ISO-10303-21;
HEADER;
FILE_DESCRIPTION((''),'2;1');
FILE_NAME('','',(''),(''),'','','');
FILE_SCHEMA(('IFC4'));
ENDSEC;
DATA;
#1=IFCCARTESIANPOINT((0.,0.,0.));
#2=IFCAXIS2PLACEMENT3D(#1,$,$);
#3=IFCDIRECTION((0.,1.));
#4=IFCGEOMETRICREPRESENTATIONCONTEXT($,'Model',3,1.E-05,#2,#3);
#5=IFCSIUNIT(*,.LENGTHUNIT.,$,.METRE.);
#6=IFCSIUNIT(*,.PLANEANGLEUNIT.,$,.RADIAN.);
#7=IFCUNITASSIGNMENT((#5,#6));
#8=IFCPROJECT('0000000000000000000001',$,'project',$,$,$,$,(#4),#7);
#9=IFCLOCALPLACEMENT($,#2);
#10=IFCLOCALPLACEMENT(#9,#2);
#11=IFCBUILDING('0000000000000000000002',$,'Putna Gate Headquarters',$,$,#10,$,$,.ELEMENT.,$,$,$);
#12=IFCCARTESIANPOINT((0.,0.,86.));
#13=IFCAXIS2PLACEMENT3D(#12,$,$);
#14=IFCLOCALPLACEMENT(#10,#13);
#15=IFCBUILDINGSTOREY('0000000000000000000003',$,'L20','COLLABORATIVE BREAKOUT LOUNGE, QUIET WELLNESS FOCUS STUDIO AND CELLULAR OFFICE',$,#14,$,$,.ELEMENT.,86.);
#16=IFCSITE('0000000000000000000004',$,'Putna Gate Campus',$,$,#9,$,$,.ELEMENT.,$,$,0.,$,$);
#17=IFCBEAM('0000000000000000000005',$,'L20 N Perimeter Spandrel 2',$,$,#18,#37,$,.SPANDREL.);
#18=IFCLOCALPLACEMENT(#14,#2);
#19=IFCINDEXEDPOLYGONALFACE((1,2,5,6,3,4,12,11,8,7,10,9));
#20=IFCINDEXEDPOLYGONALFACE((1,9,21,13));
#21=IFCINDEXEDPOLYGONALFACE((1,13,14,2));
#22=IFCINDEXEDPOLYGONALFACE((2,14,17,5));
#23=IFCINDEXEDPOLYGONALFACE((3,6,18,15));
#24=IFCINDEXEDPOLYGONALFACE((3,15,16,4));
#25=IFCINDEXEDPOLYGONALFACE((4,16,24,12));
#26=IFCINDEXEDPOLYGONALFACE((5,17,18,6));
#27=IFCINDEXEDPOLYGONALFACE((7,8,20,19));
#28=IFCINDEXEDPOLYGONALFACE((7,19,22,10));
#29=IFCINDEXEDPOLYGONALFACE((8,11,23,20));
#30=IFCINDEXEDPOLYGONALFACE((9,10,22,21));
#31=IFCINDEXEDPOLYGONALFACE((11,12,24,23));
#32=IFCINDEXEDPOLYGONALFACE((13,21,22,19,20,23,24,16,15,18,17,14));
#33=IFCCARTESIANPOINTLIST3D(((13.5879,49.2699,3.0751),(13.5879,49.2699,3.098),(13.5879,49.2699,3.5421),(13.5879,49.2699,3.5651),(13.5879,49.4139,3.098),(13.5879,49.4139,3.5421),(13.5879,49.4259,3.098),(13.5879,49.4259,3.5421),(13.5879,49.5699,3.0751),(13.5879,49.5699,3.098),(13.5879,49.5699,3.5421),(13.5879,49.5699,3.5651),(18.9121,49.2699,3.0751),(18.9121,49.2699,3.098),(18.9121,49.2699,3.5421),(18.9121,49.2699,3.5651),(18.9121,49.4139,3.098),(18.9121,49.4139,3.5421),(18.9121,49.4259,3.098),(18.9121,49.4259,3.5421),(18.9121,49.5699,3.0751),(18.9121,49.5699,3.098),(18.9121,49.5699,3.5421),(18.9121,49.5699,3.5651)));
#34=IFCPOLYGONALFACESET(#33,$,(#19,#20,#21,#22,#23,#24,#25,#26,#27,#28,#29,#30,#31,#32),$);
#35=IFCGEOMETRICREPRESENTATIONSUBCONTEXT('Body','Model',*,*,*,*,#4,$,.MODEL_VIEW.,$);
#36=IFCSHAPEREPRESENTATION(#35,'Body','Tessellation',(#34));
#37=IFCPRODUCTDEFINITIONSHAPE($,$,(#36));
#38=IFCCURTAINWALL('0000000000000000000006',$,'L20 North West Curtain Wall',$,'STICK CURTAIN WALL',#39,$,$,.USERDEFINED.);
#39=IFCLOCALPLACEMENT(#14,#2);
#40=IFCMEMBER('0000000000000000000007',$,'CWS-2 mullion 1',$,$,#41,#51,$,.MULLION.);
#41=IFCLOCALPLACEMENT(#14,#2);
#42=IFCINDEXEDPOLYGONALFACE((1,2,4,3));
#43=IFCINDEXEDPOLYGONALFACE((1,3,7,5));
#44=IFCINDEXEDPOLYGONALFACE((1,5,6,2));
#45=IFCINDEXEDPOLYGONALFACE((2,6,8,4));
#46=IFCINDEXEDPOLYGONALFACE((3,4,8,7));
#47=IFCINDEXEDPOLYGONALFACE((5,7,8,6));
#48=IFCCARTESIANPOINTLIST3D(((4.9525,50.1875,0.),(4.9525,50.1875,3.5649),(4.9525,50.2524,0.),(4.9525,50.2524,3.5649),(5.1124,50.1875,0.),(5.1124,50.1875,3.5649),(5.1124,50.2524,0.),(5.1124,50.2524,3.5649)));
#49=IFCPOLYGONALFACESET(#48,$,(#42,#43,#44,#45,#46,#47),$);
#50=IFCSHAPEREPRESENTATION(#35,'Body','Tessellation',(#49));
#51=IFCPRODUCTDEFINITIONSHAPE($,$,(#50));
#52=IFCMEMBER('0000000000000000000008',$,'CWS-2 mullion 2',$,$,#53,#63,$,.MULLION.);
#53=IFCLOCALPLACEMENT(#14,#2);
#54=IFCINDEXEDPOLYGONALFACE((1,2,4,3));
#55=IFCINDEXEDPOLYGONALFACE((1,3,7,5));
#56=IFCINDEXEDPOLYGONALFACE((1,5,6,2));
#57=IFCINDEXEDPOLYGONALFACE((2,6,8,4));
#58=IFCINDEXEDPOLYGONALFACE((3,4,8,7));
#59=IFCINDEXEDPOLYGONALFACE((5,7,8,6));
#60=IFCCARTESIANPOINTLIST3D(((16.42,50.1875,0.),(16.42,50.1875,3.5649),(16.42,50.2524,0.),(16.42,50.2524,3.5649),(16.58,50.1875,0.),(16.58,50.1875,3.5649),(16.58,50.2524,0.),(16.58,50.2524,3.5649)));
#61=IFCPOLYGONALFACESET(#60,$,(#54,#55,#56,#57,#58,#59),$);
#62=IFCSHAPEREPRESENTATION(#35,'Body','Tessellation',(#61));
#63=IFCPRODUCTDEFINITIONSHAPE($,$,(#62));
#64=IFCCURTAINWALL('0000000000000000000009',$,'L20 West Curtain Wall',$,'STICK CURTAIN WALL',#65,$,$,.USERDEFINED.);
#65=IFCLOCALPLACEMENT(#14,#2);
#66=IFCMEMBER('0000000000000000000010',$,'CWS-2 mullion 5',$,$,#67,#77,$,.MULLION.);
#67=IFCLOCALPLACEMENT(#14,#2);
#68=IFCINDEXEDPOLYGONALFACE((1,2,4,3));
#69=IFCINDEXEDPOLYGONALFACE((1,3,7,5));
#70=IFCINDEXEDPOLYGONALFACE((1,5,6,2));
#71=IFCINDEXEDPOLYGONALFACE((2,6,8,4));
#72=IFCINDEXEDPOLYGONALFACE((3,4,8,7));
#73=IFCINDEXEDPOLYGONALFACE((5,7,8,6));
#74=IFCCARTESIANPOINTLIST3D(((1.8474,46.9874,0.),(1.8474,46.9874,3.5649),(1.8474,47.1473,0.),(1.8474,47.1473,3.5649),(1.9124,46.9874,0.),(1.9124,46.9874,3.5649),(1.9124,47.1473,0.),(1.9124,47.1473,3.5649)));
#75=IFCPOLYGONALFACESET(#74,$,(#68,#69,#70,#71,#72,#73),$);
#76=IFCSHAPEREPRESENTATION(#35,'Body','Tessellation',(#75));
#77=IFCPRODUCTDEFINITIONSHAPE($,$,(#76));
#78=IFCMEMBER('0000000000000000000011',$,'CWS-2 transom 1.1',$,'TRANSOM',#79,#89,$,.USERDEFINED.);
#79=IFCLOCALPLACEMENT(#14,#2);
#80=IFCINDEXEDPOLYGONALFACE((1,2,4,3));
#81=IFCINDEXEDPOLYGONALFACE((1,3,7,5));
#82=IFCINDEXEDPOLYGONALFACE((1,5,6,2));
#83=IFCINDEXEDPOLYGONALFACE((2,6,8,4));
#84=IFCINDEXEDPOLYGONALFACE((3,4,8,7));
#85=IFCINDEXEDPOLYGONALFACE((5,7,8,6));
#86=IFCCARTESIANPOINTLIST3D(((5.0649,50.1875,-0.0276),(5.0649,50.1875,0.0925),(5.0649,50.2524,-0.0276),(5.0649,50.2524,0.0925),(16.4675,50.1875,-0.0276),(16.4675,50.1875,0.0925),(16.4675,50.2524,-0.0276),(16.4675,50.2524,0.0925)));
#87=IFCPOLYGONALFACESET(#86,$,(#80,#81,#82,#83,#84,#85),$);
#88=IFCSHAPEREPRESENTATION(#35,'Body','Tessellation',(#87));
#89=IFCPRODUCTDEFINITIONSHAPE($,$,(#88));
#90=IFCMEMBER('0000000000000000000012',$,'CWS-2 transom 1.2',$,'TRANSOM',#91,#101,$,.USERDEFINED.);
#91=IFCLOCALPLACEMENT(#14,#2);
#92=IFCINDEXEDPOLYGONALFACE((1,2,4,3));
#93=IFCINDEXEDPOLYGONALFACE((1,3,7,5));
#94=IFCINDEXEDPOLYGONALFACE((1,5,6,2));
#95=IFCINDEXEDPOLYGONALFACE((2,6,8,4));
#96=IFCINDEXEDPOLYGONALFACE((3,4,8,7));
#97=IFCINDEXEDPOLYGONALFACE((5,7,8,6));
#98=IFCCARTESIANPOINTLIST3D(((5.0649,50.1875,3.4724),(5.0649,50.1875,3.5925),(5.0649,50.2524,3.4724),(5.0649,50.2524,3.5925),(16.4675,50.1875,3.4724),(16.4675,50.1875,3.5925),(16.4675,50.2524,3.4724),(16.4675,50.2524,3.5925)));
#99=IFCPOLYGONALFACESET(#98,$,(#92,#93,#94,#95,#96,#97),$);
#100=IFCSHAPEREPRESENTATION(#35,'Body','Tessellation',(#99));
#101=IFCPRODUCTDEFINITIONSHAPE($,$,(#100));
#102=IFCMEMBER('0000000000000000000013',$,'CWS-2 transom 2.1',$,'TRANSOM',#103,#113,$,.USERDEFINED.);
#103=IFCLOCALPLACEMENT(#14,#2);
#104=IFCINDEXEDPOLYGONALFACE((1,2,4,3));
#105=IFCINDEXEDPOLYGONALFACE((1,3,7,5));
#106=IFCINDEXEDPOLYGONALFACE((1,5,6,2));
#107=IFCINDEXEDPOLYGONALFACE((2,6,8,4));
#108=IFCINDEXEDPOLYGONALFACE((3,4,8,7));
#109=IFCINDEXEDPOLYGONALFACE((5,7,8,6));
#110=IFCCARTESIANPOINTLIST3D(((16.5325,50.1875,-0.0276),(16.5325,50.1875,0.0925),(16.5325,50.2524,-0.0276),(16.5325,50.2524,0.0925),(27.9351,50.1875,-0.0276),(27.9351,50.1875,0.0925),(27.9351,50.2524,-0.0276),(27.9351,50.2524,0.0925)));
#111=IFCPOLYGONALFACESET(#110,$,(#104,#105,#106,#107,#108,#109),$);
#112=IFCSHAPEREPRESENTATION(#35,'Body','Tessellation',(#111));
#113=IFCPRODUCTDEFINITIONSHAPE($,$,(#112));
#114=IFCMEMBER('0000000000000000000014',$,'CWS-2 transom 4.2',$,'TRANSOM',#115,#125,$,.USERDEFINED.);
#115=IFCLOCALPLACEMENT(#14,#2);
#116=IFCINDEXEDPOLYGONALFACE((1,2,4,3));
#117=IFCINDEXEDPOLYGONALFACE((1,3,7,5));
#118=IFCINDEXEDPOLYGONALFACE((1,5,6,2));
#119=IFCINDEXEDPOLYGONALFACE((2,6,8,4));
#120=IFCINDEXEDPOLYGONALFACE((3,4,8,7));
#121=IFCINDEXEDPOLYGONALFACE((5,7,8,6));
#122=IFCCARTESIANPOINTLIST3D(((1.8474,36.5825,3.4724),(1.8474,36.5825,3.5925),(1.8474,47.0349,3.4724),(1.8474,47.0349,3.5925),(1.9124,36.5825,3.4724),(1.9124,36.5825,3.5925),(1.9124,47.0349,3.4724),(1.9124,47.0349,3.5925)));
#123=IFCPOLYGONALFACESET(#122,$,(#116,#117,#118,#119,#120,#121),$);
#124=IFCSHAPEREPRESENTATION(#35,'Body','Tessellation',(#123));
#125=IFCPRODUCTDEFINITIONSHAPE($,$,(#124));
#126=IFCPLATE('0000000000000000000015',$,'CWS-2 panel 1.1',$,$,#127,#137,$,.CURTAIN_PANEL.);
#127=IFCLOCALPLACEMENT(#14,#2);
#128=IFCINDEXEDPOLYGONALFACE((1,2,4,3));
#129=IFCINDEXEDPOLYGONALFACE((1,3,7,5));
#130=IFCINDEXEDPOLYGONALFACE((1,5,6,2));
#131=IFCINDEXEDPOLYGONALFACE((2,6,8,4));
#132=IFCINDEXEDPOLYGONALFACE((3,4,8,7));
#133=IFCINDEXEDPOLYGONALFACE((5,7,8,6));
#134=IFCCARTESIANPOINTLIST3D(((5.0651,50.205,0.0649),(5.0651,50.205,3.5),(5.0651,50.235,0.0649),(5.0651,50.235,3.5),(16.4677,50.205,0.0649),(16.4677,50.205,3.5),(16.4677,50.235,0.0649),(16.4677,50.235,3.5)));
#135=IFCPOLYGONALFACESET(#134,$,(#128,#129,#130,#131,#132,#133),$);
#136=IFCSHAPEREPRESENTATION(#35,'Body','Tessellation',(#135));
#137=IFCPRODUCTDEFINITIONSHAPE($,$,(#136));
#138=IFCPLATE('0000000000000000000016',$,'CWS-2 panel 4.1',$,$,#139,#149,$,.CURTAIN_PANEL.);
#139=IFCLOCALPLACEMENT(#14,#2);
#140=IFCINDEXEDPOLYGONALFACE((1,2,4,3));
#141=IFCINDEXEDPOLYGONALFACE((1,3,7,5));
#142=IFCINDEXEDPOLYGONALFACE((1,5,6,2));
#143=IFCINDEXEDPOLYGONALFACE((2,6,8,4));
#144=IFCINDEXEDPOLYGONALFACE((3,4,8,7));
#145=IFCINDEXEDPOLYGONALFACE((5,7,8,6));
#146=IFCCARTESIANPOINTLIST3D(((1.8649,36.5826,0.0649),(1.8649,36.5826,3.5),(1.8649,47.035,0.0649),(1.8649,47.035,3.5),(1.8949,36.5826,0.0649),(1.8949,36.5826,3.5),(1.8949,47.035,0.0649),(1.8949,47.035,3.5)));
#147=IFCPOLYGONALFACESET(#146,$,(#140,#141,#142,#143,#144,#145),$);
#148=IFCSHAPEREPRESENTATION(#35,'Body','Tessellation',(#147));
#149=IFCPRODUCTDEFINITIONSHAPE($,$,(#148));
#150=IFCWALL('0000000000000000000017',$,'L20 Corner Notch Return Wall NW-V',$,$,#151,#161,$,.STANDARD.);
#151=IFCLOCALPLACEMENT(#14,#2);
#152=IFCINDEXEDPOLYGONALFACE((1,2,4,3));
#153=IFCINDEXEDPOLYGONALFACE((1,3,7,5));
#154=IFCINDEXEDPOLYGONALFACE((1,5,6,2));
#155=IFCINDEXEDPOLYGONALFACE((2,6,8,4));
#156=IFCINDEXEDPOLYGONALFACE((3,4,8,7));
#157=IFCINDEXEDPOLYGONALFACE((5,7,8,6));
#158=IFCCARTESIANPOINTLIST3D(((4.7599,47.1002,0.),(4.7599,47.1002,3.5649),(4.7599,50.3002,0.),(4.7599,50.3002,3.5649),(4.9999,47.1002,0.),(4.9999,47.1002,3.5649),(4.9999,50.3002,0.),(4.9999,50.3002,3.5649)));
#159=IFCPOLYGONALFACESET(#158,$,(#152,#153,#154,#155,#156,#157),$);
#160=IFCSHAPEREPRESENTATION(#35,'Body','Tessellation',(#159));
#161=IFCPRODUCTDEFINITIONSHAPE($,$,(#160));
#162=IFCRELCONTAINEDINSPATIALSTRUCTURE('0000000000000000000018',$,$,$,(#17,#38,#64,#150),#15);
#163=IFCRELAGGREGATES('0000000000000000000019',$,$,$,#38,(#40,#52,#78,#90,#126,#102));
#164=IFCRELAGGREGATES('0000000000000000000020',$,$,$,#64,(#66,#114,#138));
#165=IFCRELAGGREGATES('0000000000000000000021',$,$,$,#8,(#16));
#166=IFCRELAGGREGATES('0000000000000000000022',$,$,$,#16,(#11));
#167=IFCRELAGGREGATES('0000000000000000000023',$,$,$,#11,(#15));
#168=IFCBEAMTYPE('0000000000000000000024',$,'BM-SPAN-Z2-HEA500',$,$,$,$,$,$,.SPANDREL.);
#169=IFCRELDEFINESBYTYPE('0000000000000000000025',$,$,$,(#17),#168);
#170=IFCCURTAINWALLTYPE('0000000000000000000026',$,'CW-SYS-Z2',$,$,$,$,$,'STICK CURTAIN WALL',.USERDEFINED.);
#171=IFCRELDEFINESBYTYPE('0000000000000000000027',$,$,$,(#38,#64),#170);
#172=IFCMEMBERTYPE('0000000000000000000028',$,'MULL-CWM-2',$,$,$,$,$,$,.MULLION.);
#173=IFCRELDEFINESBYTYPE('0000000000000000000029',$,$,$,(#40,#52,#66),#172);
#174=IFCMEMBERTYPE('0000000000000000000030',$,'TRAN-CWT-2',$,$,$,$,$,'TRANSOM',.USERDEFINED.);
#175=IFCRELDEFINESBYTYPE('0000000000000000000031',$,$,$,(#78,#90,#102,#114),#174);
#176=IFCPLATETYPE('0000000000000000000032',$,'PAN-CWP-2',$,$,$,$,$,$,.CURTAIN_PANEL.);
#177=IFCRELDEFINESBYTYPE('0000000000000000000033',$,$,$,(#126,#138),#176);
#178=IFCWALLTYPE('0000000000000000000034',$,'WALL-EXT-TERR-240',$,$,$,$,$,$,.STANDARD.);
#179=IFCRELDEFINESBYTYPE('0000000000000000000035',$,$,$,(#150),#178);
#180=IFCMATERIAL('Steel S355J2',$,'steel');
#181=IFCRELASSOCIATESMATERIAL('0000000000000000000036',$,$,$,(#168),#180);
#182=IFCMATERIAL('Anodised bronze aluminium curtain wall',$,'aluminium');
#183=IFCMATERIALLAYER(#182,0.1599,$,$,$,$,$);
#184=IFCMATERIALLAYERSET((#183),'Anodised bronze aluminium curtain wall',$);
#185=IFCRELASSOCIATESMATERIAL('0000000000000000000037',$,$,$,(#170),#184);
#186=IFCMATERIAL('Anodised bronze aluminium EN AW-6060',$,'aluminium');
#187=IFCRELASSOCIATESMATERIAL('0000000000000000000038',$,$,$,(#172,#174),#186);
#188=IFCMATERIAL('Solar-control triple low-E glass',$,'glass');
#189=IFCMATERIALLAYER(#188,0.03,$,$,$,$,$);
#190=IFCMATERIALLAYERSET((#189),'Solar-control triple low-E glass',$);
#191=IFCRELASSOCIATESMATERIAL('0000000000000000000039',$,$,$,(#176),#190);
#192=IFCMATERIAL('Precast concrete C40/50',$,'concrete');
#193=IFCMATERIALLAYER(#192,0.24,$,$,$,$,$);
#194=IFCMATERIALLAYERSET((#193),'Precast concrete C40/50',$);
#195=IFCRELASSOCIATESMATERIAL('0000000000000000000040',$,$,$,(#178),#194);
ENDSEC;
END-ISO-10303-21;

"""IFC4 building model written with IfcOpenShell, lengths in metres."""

from ifc_helpers import new_model, si_unit, direction, frame, frame_2d, origin, origin_2d, place, context, subcontext, project, spatial, rectangle, i_section, extrude, material, layer, layer_set, material_profile, profile_set, type_object, element, aggregate, save


model = new_model("IFC4")

# Units and contexts
model_context = context("Model", 3, precision=1e-05, world=origin(), true_north=direction((0.0, 1.0)))
body_context = subcontext(model_context, "Body", "Model", "MODEL_VIEW")
ifc_project = project(units=[si_unit("LENGTHUNIT", "METRE"), si_unit("PLANEANGLEUNIT", "RADIAN")], contexts=[model_context])

# Site, building, storey
site_placement = place(None, origin())
site = spatial("IfcSite", under=ifc_project, at=site_placement, Name="Putna Gate Campus", CompositionType="ELEMENT", RefElevation=0.0)
building_placement = place(site_placement, origin())
building = spatial("IfcBuilding", under=site, at=building_placement, Name="Putna Gate Headquarters", CompositionType="ELEMENT")
storey_placement = place(building_placement, frame((0.0, 0.0, 86.0)))
storey = spatial("IfcBuildingStorey", under=building, at=storey_placement, Name="L20", Description="COLLABORATIVE BREAKOUT LOUNGE, QUIET WELLNESS FOCUS STUDIO AND CELLULAR OFFICE", CompositionType="ELEMENT", Elevation=86.0)

# Beam
ifc_material_1 = material(Name="Steel S355J2", Category="steel")
ifc_material_profile_1 = material_profile(ifc_material_1, i_section(OverallWidth=0.3, OverallDepth=0.49, WebThickness=0.012, FlangeThickness=0.0229, at=origin_2d()), Name="Steel S355J2")
ifc_profile_set_1 = profile_set([ifc_material_profile_1], Name="Steel S355J2")
beam_type_1 = type_object("IfcBeamType", Name="BM-SPAN-Z2-HEA500", PredefinedType="SPANDREL", material=ifc_profile_set_1)
for number, where, z_axis, x_axis, name in (
    (1, (13.5879, 49.4199, 3.3201), (1.0, 0.0, 0.0), (0.0, 1.0, 0.0), "L20 N Perimeter Spandrel 2"),
):
    element("IfcBeam", number, at=place(storey_placement, frame(where, z_axis=z_axis, x_axis=x_axis)), inside=storey, type_object=beam_type_1, Name=name, PredefinedType="SPANDREL", context=body_context, shape_type="SweptSolid", body=[
        extrude(i_section(OverallWidth=0.3, OverallDepth=0.49, WebThickness=0.012, FlangeThickness=0.0229, at=origin_2d()), origin(), (0.0, 0.0, 1.0), 5.3242),
    ])

# Curtain wall, members
ifc_material_2 = material(Name="Anodised bronze aluminium curtain wall", Category="aluminium")
ifc_layer_1 = layer(ifc_material_2, 0.1599)
ifc_layer_set_1 = layer_set([ifc_layer_1], Name="Anodised bronze aluminium curtain wall")
curtain_wall_type = type_object("IfcCurtainWallType", Name="CW-SYS-Z2", ElementType="STICK CURTAIN WALL", PredefinedType="USERDEFINED", material=ifc_layer_set_1)
curtain_wall_1_placement = place(storey_placement, origin())
curtain_wall_1 = element("IfcCurtainWall", 2, at=curtain_wall_1_placement, inside=storey, type_object=curtain_wall_type, Name="L20 North West Curtain Wall", ObjectType="STICK CURTAIN WALL", PredefinedType="USERDEFINED")
ifc_material_3 = material(Name="Anodised bronze aluminium EN AW-6060", Category="aluminium")
ifc_material_profile_2 = material_profile(ifc_material_3, rectangle(XDim=0.0649, YDim=0.1599, at=origin_2d()), Name="Anodised bronze aluminium EN AW-6060")
ifc_profile_set_2 = profile_set([ifc_material_profile_2], Name="Anodised bronze aluminium EN AW-6060")
member_type_1 = type_object("IfcMemberType", Name="MULL-CWM-2", PredefinedType="MULLION", material=ifc_profile_set_2)
member_1_placement = place(storey_placement, frame((5.0325, 50.22, 0.0), z_axis=(0.0, 0.0, 1.0), x_axis=(0.0, 1.0, 0.0)))
member_1 = element("IfcMember", 3, at=member_1_placement, type_object=member_type_1, Name="CWS-2 mullion 1", PredefinedType="MULLION", context=body_context, shape_type="SweptSolid", body=[
    extrude(rectangle(XDim=0.0649, YDim=0.1599, at=origin_2d()), origin(), (0.0, 0.0, 1.0), 3.5649),
])
member_2_placement = place(storey_placement, frame((16.5, 50.22, 0.0), z_axis=(0.0, 0.0, 1.0), x_axis=(0.0, 1.0, 0.0)))
member_2 = element("IfcMember", 4, at=member_2_placement, type_object=member_type_1, Name="CWS-2 mullion 2", PredefinedType="MULLION", context=body_context, shape_type="SweptSolid", body=[
    extrude(rectangle(XDim=0.0649, YDim=0.1599, at=origin_2d()), origin(), (0.0, 0.0, 1.0), 3.5649),
])

# Curtain wall, member
curtain_wall_2_placement = place(storey_placement, origin())
curtain_wall_2 = element("IfcCurtainWall", 5, at=curtain_wall_2_placement, inside=storey, type_object=curtain_wall_type, Name="L20 West Curtain Wall", ObjectType="STICK CURTAIN WALL", PredefinedType="USERDEFINED")
member_3_placement = place(storey_placement, frame((1.8799, 47.0674, 0.0), z_axis=(0.0, 0.0, 1.0), x_axis=(-1.0, 0.0, 0.0)))
member_3 = element("IfcMember", 6, at=member_3_placement, type_object=member_type_1, Name="CWS-2 mullion 5", PredefinedType="MULLION", context=body_context, shape_type="SweptSolid", body=[
    extrude(rectangle(XDim=0.0649, YDim=0.1599, at=origin_2d()), origin(), (0.0, 0.0, 1.0), 3.5649),
])

# Members
ifc_material_profile_3 = material_profile(ifc_material_3, rectangle(XDim=0.0649, YDim=0.1201, at=origin_2d()), Name="Anodised bronze aluminium EN AW-6060")
ifc_profile_set_3 = profile_set([ifc_material_profile_3], Name="Anodised bronze aluminium EN AW-6060")
member_type_2 = type_object("IfcMemberType", Name="TRAN-CWT-2", ElementType="TRANSOM", PredefinedType="USERDEFINED", material=ifc_profile_set_3)
member_4_placement = place(storey_placement, frame((5.0649, 50.22, 0.0325), z_axis=(1.0, 0.0, 0.0), x_axis=(0.0, 1.0, 0.0)))
member_4 = element("IfcMember", 7, at=member_4_placement, type_object=member_type_2, Name="CWS-2 transom 1.1", ObjectType="TRANSOM", PredefinedType="USERDEFINED", context=body_context, shape_type="SweptSolid", body=[
    extrude(rectangle(XDim=0.0649, YDim=0.1201, at=origin_2d()), origin(), (0.0, 0.0, 1.0), 11.4026),
])
member_5_placement = place(storey_placement, frame((5.0649, 50.22, 3.5325), z_axis=(1.0, 0.0, 0.0), x_axis=(0.0, 1.0, 0.0)))
member_5 = element("IfcMember", 8, at=member_5_placement, type_object=member_type_2, Name="CWS-2 transom 1.2", ObjectType="TRANSOM", PredefinedType="USERDEFINED", context=body_context, shape_type="SweptSolid", body=[
    extrude(rectangle(XDim=0.0649, YDim=0.1201, at=origin_2d()), origin(), (0.0, 0.0, 1.0), 11.4026),
])
member_6_placement = place(storey_placement, frame((16.5325, 50.22, 0.0325), z_axis=(1.0, 0.0, 0.0), x_axis=(0.0, 1.0, 0.0)))
member_6 = element("IfcMember", 9, at=member_6_placement, type_object=member_type_2, Name="CWS-2 transom 2.1", ObjectType="TRANSOM", PredefinedType="USERDEFINED", context=body_context, shape_type="SweptSolid", body=[
    extrude(rectangle(XDim=0.0649, YDim=0.1201, at=origin_2d()), origin(), (0.0, 0.0, 1.0), 11.4026),
])
member_7_placement = place(storey_placement, frame((1.8799, 36.5825, 3.5325), z_axis=(0.0, 1.0, 0.0), x_axis=(-1.0, 0.0, 0.0)))
member_7 = element("IfcMember", 10, at=member_7_placement, type_object=member_type_2, Name="CWS-2 transom 4.2", ObjectType="TRANSOM", PredefinedType="USERDEFINED", context=body_context, shape_type="SweptSolid", body=[
    extrude(rectangle(XDim=0.0649, YDim=0.1201, at=origin_2d()), origin(), (0.0, 0.0, 1.0), 10.4524),
])

# Plates
ifc_material_4 = material(Name="Solar-control triple low-E glass", Category="glass")
ifc_layer_2 = layer(ifc_material_4, 0.03)
ifc_layer_set_2 = layer_set([ifc_layer_2], Name="Solar-control triple low-E glass")
plate_type = type_object("IfcPlateType", Name="PAN-CWP-2", PredefinedType="CURTAIN_PANEL", material=ifc_layer_set_2)
plate_1_placement = place(storey_placement, frame((10.7664, 50.22, 0.0649), z_axis=(0.0, 0.0, 1.0), x_axis=(1.0, 0.0, 0.0)))
plate_1 = element("IfcPlate", 11, at=plate_1_placement, type_object=plate_type, Name="CWS-2 panel 1.1", PredefinedType="CURTAIN_PANEL", context=body_context, shape_type="SweptSolid", body=[
    extrude(rectangle(XDim=11.4026, YDim=0.03, at=origin_2d()), origin(), (0.0, 0.0, 1.0), 3.4351),
])
aggregate(curtain_wall_1, [member_1, member_2, member_4, member_5, plate_1, member_6])
plate_2_placement = place(storey_placement, frame((1.8799, 41.8088, 0.0649), z_axis=(0.0, 0.0, 1.0), x_axis=(0.0, 1.0, 0.0)))
plate_2 = element("IfcPlate", 12, at=plate_2_placement, type_object=plate_type, Name="CWS-2 panel 4.1", PredefinedType="CURTAIN_PANEL", context=body_context, shape_type="SweptSolid", body=[
    extrude(rectangle(XDim=10.4524, YDim=0.03, at=origin_2d()), origin(), (0.0, 0.0, 1.0), 3.4351),
])
aggregate(curtain_wall_2, [member_3, member_7, plate_2])

# Wall
ifc_material_5 = material(Name="Precast concrete C40/50", Category="concrete")
ifc_layer_3 = layer(ifc_material_5, 0.24)
ifc_layer_set_3 = layer_set([ifc_layer_3], Name="Precast concrete C40/50")
wall_type = type_object("IfcWallType", Name="WALL-EXT-TERR-240", PredefinedType="STANDARD", material=ifc_layer_set_3)
wall_1_placement = place(storey_placement, frame((4.8799, 47.1001, 0.0), z_axis=(0.0, 0.0, 1.0), x_axis=(0.0, 1.0, 0.0)))
element("IfcWall", 13, at=wall_1_placement, inside=storey, type_object=wall_type, Name="L20 Corner Notch Return Wall NW-V", PredefinedType="STANDARD", context=body_context, shape_type="SweptSolid", body=[
    extrude(rectangle(XDim=3.2, YDim=0.24, at=frame_2d((1.6001, 0.0))), origin(), (0.0, 0.0, 1.0), 3.5649),
])

save(model, "model.ifc")
